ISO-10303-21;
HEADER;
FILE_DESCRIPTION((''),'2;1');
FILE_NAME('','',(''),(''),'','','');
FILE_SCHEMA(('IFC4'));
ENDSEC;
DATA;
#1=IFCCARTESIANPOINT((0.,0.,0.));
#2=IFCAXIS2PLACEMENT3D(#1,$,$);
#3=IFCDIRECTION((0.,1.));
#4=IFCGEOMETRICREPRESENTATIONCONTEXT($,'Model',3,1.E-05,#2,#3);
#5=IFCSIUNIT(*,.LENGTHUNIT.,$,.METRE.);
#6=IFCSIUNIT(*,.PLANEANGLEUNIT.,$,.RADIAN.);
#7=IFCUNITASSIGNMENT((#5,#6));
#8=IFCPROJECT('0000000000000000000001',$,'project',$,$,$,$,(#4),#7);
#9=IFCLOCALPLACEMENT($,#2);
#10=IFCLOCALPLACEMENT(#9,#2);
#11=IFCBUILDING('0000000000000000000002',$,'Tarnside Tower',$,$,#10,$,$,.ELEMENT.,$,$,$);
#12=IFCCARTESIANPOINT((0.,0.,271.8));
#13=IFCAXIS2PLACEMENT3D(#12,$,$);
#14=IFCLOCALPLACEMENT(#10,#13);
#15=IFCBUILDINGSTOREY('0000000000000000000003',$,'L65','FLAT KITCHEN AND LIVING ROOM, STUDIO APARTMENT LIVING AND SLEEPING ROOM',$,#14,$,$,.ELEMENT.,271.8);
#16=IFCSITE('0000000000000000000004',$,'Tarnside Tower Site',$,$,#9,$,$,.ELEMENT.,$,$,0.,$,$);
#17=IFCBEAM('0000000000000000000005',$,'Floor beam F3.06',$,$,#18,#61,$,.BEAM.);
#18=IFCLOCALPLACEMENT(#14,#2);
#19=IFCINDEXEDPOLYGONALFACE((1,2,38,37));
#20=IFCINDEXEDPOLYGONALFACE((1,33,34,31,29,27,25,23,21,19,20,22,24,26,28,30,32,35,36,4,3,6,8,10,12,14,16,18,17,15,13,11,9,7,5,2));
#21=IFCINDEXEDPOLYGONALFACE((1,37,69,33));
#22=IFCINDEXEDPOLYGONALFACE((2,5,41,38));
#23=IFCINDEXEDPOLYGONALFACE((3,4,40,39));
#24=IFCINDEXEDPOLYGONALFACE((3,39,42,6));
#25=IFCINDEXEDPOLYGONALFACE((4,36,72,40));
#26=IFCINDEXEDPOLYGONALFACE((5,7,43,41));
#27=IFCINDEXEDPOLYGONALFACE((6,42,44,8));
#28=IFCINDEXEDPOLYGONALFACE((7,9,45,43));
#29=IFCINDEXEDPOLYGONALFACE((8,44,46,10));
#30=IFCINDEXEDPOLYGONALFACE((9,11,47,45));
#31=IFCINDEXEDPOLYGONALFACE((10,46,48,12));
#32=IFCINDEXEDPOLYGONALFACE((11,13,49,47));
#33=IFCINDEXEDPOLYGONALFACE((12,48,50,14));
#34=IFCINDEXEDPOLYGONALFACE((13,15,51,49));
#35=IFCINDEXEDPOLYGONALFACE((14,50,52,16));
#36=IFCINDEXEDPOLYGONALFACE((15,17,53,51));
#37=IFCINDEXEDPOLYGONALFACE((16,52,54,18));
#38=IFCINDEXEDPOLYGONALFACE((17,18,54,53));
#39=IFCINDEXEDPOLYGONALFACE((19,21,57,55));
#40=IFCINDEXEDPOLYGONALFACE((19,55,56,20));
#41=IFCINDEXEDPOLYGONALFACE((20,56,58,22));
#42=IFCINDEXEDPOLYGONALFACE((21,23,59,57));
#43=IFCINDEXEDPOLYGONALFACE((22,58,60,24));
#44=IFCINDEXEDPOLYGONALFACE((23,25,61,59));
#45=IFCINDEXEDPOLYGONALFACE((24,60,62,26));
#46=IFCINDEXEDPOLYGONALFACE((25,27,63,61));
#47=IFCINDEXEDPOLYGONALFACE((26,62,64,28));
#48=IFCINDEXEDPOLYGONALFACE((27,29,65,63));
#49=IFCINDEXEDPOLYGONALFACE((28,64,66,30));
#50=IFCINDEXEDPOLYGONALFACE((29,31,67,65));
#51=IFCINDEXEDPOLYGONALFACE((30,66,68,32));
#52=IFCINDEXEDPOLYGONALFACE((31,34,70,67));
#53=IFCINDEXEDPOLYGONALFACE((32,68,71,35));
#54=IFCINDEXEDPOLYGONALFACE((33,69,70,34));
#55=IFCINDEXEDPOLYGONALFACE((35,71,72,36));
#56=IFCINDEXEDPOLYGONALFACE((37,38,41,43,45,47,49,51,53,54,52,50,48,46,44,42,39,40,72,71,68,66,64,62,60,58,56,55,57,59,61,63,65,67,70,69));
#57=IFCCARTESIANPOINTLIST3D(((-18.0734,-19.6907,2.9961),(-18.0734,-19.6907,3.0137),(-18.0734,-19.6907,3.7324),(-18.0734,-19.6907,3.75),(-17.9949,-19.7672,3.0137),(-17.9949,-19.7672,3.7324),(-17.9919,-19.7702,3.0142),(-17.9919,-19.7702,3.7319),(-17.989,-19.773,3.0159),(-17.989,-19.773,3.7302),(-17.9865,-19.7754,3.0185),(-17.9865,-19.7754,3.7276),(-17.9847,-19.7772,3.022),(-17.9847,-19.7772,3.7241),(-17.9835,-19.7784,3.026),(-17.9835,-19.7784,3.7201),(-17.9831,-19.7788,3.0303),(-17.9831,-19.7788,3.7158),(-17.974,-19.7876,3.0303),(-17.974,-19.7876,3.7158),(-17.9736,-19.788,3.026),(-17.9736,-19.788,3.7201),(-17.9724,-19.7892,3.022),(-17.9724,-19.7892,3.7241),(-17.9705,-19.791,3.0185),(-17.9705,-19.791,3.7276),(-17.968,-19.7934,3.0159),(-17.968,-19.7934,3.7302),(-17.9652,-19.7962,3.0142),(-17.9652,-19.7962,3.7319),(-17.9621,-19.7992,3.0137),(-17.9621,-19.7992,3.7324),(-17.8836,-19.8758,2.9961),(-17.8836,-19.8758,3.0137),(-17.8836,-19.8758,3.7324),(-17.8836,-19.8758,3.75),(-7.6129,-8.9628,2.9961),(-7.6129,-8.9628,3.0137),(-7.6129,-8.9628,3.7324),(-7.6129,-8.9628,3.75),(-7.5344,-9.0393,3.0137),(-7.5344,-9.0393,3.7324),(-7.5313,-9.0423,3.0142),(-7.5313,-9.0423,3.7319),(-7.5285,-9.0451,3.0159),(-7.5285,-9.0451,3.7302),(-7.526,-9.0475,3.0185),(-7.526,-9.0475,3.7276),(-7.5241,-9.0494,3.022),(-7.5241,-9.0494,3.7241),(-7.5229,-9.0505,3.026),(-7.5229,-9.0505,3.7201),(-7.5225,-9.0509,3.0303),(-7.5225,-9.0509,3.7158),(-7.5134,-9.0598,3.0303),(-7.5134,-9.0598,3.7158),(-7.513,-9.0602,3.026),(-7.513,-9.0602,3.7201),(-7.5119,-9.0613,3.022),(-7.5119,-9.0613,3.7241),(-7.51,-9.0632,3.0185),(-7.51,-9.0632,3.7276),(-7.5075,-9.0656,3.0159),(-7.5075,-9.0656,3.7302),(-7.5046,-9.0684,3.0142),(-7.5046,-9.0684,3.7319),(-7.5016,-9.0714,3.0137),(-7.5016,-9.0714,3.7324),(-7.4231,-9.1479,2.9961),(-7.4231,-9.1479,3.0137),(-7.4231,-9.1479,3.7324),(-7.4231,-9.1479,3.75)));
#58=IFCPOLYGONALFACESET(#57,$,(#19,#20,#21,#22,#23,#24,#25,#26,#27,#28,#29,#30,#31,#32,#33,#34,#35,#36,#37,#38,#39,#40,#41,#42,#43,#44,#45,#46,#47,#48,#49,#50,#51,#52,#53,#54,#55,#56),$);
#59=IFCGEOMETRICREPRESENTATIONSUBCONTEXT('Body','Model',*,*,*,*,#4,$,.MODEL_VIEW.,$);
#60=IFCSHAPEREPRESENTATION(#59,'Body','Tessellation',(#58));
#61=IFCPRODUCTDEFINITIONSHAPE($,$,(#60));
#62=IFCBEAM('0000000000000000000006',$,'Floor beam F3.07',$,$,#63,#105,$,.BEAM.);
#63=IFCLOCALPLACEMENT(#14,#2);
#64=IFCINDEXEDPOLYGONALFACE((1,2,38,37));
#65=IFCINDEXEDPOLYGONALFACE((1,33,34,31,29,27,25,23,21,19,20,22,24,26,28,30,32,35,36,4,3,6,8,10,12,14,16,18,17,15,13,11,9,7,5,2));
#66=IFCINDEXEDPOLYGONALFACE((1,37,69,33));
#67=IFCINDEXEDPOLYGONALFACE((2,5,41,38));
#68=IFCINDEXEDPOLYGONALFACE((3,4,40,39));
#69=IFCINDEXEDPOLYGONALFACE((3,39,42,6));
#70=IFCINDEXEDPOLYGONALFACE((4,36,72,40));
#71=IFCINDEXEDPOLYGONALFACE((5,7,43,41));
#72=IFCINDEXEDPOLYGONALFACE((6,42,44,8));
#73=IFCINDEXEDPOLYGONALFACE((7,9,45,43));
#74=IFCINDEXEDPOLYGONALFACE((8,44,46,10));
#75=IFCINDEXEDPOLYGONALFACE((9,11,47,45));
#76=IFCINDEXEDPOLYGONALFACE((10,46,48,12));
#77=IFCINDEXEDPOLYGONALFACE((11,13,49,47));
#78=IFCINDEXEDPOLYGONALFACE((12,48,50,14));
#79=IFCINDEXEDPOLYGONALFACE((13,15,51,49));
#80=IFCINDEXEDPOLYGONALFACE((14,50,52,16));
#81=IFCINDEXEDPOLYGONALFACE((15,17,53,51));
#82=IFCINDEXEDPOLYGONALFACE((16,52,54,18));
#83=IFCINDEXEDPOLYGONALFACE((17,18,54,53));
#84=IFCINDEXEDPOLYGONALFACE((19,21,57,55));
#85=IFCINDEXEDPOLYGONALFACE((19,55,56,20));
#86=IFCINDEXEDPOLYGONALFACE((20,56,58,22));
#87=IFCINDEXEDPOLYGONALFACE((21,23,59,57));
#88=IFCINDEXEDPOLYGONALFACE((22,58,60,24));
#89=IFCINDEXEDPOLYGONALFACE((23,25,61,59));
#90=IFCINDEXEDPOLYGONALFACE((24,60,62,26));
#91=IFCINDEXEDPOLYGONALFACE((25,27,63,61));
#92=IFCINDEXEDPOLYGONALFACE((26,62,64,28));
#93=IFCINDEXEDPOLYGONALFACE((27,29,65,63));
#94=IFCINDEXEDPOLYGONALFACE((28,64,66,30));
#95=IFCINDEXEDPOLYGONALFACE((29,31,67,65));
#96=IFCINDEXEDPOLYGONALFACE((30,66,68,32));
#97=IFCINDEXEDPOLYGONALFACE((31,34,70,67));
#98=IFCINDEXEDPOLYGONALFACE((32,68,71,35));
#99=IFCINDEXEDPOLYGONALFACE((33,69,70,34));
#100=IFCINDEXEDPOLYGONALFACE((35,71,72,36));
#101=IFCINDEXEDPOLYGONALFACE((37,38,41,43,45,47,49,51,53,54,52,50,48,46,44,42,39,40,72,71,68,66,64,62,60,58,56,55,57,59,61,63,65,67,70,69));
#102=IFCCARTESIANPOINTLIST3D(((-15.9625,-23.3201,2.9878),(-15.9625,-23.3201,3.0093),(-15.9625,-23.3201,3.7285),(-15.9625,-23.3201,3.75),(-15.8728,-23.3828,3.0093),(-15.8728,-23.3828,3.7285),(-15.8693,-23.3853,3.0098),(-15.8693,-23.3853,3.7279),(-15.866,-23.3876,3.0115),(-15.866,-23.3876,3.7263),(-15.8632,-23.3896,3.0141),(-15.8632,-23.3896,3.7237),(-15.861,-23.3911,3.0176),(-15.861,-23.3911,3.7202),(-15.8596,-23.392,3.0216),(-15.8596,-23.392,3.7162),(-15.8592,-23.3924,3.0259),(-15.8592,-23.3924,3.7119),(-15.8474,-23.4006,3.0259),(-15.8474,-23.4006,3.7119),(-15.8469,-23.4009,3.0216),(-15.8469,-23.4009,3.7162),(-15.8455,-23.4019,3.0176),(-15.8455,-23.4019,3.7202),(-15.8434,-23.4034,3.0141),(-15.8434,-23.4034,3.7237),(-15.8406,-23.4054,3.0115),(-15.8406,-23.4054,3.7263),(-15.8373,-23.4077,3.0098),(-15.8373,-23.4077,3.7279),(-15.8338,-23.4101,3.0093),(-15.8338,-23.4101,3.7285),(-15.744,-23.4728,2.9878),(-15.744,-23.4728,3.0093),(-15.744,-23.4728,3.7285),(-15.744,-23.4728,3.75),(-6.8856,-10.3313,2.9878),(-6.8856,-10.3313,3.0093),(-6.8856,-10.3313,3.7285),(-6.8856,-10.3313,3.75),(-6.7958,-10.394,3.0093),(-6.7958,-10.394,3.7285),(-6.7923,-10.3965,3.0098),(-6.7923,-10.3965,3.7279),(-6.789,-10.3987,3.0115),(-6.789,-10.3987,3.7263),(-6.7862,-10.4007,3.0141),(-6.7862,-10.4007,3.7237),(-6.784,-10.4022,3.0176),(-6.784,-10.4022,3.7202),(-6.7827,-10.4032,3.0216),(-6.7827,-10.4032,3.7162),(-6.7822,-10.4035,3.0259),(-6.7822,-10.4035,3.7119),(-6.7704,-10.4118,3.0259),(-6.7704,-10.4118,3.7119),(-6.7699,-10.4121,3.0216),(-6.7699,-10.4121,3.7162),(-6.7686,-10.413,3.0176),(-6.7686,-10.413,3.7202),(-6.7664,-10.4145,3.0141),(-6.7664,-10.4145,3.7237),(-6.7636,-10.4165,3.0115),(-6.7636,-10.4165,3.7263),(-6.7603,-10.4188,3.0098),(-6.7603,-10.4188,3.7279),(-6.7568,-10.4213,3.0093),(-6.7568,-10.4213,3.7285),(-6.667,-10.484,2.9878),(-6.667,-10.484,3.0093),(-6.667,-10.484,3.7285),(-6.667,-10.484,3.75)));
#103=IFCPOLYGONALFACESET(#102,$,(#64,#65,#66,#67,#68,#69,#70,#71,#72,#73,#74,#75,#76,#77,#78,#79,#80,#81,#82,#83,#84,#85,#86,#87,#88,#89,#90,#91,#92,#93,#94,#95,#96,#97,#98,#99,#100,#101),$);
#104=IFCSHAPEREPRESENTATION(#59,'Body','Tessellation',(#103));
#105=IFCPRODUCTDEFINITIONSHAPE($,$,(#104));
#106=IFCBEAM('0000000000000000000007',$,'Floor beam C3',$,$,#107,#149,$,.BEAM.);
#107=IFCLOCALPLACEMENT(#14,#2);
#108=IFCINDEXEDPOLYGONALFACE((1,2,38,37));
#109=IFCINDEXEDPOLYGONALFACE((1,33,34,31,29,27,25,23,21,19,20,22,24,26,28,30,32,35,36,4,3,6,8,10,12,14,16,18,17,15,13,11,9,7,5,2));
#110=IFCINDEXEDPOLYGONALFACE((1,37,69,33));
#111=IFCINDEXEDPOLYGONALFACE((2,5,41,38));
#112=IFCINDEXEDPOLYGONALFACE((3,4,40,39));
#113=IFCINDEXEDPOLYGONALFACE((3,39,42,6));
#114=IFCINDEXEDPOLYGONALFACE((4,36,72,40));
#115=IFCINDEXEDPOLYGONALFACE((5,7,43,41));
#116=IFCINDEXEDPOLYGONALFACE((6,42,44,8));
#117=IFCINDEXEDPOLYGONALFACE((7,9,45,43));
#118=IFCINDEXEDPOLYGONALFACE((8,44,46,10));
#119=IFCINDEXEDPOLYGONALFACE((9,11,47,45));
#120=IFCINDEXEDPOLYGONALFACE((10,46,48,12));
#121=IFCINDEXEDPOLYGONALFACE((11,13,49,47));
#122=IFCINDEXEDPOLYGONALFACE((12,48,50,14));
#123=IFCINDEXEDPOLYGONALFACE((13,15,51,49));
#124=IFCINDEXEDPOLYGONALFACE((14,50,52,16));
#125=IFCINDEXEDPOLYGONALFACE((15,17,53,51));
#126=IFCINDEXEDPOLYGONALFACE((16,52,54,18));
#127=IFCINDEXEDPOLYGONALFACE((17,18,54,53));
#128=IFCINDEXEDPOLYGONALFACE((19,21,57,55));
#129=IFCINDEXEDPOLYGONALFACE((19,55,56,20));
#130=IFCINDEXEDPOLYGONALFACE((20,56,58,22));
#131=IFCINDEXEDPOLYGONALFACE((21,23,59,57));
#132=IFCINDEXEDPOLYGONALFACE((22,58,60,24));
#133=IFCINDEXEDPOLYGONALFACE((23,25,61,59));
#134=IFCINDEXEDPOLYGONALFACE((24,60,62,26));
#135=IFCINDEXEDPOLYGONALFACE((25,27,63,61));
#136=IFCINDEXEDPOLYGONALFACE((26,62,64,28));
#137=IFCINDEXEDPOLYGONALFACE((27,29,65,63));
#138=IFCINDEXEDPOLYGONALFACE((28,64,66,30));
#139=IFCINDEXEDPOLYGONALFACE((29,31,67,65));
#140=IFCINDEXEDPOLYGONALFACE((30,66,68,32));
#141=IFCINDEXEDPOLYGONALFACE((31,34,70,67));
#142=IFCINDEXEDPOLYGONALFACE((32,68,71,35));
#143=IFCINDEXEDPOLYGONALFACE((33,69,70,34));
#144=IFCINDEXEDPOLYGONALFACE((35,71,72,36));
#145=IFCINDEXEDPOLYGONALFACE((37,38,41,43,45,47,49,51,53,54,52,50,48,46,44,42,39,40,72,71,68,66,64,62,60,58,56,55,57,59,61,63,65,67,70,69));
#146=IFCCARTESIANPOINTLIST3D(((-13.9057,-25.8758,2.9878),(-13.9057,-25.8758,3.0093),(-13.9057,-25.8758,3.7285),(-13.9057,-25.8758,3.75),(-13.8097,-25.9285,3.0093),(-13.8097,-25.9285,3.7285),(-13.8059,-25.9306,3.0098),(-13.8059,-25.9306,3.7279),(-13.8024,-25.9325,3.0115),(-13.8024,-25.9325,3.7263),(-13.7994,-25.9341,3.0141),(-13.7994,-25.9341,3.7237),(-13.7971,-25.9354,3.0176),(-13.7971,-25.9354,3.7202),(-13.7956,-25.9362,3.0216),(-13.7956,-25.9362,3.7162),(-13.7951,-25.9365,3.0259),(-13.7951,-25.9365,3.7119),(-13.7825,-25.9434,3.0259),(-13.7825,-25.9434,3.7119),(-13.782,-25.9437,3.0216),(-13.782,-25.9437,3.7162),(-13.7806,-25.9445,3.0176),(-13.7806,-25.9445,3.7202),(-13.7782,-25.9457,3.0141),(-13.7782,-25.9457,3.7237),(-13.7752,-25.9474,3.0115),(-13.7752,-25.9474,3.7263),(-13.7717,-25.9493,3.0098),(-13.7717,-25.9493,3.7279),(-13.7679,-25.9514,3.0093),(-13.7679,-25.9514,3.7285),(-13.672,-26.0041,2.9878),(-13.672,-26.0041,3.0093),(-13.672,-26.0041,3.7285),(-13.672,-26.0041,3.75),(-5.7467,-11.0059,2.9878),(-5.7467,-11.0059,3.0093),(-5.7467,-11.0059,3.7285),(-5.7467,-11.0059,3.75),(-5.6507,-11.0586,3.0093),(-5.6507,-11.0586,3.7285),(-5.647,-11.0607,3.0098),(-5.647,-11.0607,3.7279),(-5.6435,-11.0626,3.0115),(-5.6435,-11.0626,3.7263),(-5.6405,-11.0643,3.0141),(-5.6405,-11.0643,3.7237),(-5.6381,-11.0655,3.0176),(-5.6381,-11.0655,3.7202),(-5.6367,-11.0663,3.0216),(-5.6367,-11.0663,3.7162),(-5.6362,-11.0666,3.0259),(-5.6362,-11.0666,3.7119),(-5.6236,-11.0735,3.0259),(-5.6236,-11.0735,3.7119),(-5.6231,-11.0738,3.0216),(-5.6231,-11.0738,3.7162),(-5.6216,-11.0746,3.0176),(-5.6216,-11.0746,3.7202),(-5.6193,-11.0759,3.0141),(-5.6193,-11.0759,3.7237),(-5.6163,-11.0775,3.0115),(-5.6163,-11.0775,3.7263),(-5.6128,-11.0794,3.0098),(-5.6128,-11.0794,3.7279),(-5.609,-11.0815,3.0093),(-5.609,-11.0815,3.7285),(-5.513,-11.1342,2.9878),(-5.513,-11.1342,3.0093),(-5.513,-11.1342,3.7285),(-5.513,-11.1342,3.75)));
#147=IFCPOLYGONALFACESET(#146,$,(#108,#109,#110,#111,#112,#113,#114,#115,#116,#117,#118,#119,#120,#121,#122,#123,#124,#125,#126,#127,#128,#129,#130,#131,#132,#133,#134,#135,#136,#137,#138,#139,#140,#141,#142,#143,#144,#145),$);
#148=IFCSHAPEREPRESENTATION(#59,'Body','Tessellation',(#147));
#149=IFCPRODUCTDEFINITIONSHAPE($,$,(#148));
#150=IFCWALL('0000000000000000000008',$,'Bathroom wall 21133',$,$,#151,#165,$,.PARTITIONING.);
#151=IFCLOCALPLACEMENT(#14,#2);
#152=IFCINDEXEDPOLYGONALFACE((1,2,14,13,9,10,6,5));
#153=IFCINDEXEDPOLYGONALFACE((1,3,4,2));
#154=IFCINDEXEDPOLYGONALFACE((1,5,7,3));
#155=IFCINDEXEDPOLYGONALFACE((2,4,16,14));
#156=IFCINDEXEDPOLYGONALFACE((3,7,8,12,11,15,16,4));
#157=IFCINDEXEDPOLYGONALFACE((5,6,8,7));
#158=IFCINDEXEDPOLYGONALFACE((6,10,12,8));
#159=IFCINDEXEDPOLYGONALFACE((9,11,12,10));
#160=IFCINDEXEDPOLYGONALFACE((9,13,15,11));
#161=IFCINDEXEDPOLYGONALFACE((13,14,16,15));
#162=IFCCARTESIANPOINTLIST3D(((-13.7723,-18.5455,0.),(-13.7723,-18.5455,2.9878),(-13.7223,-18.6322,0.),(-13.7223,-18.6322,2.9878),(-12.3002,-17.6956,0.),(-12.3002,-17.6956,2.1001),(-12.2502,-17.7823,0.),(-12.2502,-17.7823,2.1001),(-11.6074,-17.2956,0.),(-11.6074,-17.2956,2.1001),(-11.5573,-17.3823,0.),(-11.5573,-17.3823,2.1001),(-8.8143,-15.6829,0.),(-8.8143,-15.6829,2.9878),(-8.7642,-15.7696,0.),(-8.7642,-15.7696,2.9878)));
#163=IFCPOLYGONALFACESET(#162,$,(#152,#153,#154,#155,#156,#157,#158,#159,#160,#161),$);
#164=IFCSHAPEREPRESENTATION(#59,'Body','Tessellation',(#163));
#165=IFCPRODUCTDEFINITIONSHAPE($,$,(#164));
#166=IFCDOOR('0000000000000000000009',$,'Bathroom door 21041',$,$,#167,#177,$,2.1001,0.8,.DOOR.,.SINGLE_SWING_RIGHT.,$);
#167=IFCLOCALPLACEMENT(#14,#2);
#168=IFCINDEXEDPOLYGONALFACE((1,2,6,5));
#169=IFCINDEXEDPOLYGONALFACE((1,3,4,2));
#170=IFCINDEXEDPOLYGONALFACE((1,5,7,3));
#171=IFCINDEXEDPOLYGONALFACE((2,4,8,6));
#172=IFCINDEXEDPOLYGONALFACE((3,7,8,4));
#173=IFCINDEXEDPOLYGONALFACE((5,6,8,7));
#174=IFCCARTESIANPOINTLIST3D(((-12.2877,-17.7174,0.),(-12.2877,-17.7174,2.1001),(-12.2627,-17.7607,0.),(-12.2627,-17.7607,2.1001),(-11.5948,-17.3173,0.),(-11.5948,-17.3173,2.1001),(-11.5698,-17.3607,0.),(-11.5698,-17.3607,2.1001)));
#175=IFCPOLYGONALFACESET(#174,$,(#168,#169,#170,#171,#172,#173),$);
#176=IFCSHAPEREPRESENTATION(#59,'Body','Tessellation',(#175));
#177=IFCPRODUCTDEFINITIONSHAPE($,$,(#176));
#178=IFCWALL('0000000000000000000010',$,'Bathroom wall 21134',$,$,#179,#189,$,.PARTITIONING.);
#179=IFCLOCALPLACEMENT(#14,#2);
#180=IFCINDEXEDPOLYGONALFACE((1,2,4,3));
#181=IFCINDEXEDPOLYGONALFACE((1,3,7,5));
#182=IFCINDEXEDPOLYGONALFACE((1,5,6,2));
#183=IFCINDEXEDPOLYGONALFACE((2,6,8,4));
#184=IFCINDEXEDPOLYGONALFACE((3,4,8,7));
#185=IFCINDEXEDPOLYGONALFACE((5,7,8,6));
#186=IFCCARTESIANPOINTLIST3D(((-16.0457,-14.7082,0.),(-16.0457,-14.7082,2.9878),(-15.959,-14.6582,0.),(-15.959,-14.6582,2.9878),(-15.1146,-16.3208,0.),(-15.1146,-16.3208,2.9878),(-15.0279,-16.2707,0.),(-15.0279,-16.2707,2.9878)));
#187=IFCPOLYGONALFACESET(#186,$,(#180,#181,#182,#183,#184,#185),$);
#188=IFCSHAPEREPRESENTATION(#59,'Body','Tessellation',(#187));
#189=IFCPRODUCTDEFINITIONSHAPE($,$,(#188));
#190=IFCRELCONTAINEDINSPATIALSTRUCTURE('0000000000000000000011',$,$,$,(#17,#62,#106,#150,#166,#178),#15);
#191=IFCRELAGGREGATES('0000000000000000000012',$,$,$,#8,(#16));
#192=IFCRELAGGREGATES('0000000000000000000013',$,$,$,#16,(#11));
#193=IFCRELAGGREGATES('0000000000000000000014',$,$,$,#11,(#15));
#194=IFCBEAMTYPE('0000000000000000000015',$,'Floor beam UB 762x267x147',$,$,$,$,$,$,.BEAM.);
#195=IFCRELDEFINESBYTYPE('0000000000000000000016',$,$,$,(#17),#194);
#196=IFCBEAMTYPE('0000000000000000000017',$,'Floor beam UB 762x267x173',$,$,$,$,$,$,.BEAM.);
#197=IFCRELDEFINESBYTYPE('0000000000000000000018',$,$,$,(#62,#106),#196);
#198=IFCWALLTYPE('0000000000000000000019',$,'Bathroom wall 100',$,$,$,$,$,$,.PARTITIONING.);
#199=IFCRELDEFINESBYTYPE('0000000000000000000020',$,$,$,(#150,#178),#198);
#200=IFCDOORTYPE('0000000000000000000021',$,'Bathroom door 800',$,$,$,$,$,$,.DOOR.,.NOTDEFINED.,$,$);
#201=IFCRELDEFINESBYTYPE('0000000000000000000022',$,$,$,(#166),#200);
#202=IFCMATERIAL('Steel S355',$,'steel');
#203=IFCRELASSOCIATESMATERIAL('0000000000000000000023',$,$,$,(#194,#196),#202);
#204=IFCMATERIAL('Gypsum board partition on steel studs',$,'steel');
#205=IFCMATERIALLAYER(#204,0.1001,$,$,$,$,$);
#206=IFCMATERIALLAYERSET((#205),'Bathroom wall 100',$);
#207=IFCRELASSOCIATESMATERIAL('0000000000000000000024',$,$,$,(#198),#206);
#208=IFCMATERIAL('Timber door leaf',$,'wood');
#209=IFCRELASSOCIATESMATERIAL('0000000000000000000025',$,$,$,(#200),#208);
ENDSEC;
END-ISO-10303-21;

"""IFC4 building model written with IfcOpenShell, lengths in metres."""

from ifc_helpers import new_model, si_unit, direction, frame, frame_2d, origin, origin_2d, place, context, subcontext, project, spatial, rectangle, i_section, extrude, material, layer, layer_set, material_profile, profile_set, type_object, element, fill, save


model = new_model("IFC4")

# Units and contexts
model_context = context("Model", 3, precision=1e-05, world=origin(), true_north=direction((0.0, 1.0)))
body_context = subcontext(model_context, "Body", "Model", "MODEL_VIEW")
ifc_project = project(units=[si_unit("LENGTHUNIT", "METRE"), si_unit("PLANEANGLEUNIT", "RADIAN")], contexts=[model_context])

# Site, building, storey
site_placement = place(None, origin())
site = spatial("IfcSite", under=ifc_project, at=site_placement, Name="Tarnside Tower Site", CompositionType="ELEMENT", RefElevation=0.0)
building_placement = place(site_placement, origin())
building = spatial("IfcBuilding", under=site, at=building_placement, Name="Tarnside Tower", CompositionType="ELEMENT")
storey_placement = place(building_placement, frame((0.0, 0.0, 271.8)))
storey = spatial("IfcBuildingStorey", under=building, at=storey_placement, Name="L65", Description="FLAT KITCHEN AND LIVING ROOM, STUDIO APARTMENT LIVING AND SLEEPING ROOM", CompositionType="ELEMENT", Elevation=271.8)

# Beams
ifc_material_1 = material(Name="Steel S355", Category="steel")
ifc_material_profile_1 = material_profile(ifc_material_1, i_section(OverallWidth=0.2651, OverallDepth=0.7539, WebThickness=0.0127, FlangeThickness=0.0176, FilletRadius=0.0166, at=origin_2d()), Name="UB 762x267x147")
ifc_profile_set_1 = profile_set([ifc_material_profile_1], Name="Steel S355")
beam_type_1 = type_object("IfcBeamType", Name="Floor beam UB 762x267x147", PredefinedType="BEAM", material=ifc_profile_set_1)
beam_1_placement = place(storey_placement, frame((-17.9785, -19.7832, 3.373), z_axis=(0.69813, 0.715971, 0.0), x_axis=(-0.715971, 0.69813, 0.0)))
element("IfcBeam", 1, at=beam_1_placement, inside=storey, type_object=beam_type_1, Name="Floor beam F3.06", PredefinedType="BEAM", context=body_context, shape_type="SweptSolid", body=[
    extrude(i_section(OverallWidth=0.2651, OverallDepth=0.7539, WebThickness=0.0127, FlangeThickness=0.0176, FilletRadius=0.0166, at=origin_2d()), origin(), (0.0, 0.0, 1.0), 14.9836),
])
ifc_material_profile_2 = material_profile(ifc_material_1, i_section(OverallWidth=0.2666, OverallDepth=0.7622, WebThickness=0.0144, FlangeThickness=0.0215, FilletRadius=0.0166, at=origin_2d()), Name="UB 762x267x173")
ifc_profile_set_2 = profile_set([ifc_material_profile_2], Name="Steel S355")
beam_type_2 = type_object("IfcBeamType", Name="Floor beam UB 762x267x173", PredefinedType="BEAM", material=ifc_profile_set_2)
beam_2_placement = place(storey_placement, frame((-15.8533, -23.3965, 3.3689), z_axis=(0.572817, 0.819683, 0.0), x_axis=(-0.819683, 0.572817, 0.0)))
element("IfcBeam", 2, at=beam_2_placement, inside=storey, type_object=beam_type_2, Name="Floor beam F3.07", PredefinedType="BEAM", context=body_context, shape_type="SweptSolid", body=[
    extrude(i_section(OverallWidth=0.2666, OverallDepth=0.7622, WebThickness=0.0144, FlangeThickness=0.0215, FilletRadius=0.0166, at=origin_2d()), origin(), (0.0, 0.0, 1.0), 15.8462),
])
beam_3_placement = place(storey_placement, frame((-13.7888, -25.9399, 3.3689), z_axis=(0.481036, 0.876701, 0.0), x_axis=(-0.876701, 0.481036, 0.0)))
element("IfcBeam", 3, at=beam_3_placement, inside=storey, type_object=beam_type_2, Name="Floor beam C3", PredefinedType="BEAM", context=body_context, shape_type="SweptSolid", body=[
    extrude(i_section(OverallWidth=0.2666, OverallDepth=0.7622, WebThickness=0.0144, FlangeThickness=0.0215, FilletRadius=0.0166, at=origin_2d()), origin(), (0.0, 0.0, 1.0), 16.9612),
])

# Wall, opening, door
ifc_material_2 = material(Name="Gypsum board partition on steel studs", Category="steel")
ifc_layer_1 = layer(ifc_material_2, 0.1001)
ifc_layer_set_1 = layer_set([ifc_layer_1], Name="Bathroom wall 100")
wall_type_1 = type_object("IfcWallType", Name="Bathroom wall 100", PredefinedType="PARTITIONING", material=ifc_layer_set_1)
wall_1_placement = place(storey_placement, frame((-13.7473, -18.5889, 0.0), z_axis=(0.0, 0.0, 1.0), x_axis=(0.866022, 0.500005, 0.0)))
wall_1 = element("IfcWall", 4, at=wall_1_placement, inside=storey, type_object=wall_type_1, Name="Bathroom wall 21133", PredefinedType="PARTITIONING", context=body_context, shape_type="SweptSolid", body=[
    extrude(rectangle(XDim=5.7251, YDim=0.1001, at=frame_2d((2.8625, 0.0))), origin(), (0.0, 0.0, 1.0), 2.9878),
])
opening_1_placement = place(wall_1_placement, frame((1.7, 0.0, 0.0)))
opening_1 = element("IfcOpeningElement", 5, at=opening_1_placement, cuts=wall_1, PredefinedType="OPENING", context=body_context, shape_type="SweptSolid", body=[
    extrude(rectangle(XDim=0.8, YDim=2.1001, at=frame_2d((0.3999, 1.05))), frame((0.0, 0.0601, 0.0), z_axis=(0.0, -1.0, 0.0), x_axis=(1.0, 0.0, 0.0)), (0.0, 0.0, 1.0), 0.1201),
])
ifc_material_3 = material(Name="Timber door leaf", Category="wood")
door_type_1 = type_object("IfcDoorType", Name="Bathroom door 800", OperationType="NOTDEFINED", PredefinedType="DOOR", material=ifc_material_3)
door_1_placement = place(opening_1_placement, origin())
door_1 = element("IfcDoor", 6, at=door_1_placement, inside=storey, type_object=door_type_1, Name="Bathroom door 21041", OperationType="SINGLE_SWING_RIGHT", OverallHeight=2.1001, OverallWidth=0.8, PredefinedType="DOOR", context=body_context, shape_type="SweptSolid", body=[
    extrude(rectangle(XDim=0.8, YDim=2.1001, at=frame_2d((0.3999, 1.05))), frame((0.0, 0.0249, 0.0), z_axis=(0.0, -1.0, 0.0), x_axis=(1.0, 0.0, 0.0)), (0.0, 0.0, 1.0), 0.05),
])
fill(opening_1, door_1)

# Wall
wall_2_placement = place(storey_placement, frame((-16.0024, -14.6831, 0.0), z_axis=(0.0, 0.0, 1.0), x_axis=(0.500059, -0.865991, 0.0)))
element("IfcWall", 7, at=wall_2_placement, inside=storey, type_object=wall_type_1, Name="Bathroom wall 21134", PredefinedType="PARTITIONING", context=body_context, shape_type="SweptSolid", body=[
    extrude(rectangle(XDim=1.8621, YDim=0.1001, at=frame_2d((0.9312, 0.0))), origin(), (0.0, 0.0, 1.0), 2.9878),
])

save(model, "model.ifc")
